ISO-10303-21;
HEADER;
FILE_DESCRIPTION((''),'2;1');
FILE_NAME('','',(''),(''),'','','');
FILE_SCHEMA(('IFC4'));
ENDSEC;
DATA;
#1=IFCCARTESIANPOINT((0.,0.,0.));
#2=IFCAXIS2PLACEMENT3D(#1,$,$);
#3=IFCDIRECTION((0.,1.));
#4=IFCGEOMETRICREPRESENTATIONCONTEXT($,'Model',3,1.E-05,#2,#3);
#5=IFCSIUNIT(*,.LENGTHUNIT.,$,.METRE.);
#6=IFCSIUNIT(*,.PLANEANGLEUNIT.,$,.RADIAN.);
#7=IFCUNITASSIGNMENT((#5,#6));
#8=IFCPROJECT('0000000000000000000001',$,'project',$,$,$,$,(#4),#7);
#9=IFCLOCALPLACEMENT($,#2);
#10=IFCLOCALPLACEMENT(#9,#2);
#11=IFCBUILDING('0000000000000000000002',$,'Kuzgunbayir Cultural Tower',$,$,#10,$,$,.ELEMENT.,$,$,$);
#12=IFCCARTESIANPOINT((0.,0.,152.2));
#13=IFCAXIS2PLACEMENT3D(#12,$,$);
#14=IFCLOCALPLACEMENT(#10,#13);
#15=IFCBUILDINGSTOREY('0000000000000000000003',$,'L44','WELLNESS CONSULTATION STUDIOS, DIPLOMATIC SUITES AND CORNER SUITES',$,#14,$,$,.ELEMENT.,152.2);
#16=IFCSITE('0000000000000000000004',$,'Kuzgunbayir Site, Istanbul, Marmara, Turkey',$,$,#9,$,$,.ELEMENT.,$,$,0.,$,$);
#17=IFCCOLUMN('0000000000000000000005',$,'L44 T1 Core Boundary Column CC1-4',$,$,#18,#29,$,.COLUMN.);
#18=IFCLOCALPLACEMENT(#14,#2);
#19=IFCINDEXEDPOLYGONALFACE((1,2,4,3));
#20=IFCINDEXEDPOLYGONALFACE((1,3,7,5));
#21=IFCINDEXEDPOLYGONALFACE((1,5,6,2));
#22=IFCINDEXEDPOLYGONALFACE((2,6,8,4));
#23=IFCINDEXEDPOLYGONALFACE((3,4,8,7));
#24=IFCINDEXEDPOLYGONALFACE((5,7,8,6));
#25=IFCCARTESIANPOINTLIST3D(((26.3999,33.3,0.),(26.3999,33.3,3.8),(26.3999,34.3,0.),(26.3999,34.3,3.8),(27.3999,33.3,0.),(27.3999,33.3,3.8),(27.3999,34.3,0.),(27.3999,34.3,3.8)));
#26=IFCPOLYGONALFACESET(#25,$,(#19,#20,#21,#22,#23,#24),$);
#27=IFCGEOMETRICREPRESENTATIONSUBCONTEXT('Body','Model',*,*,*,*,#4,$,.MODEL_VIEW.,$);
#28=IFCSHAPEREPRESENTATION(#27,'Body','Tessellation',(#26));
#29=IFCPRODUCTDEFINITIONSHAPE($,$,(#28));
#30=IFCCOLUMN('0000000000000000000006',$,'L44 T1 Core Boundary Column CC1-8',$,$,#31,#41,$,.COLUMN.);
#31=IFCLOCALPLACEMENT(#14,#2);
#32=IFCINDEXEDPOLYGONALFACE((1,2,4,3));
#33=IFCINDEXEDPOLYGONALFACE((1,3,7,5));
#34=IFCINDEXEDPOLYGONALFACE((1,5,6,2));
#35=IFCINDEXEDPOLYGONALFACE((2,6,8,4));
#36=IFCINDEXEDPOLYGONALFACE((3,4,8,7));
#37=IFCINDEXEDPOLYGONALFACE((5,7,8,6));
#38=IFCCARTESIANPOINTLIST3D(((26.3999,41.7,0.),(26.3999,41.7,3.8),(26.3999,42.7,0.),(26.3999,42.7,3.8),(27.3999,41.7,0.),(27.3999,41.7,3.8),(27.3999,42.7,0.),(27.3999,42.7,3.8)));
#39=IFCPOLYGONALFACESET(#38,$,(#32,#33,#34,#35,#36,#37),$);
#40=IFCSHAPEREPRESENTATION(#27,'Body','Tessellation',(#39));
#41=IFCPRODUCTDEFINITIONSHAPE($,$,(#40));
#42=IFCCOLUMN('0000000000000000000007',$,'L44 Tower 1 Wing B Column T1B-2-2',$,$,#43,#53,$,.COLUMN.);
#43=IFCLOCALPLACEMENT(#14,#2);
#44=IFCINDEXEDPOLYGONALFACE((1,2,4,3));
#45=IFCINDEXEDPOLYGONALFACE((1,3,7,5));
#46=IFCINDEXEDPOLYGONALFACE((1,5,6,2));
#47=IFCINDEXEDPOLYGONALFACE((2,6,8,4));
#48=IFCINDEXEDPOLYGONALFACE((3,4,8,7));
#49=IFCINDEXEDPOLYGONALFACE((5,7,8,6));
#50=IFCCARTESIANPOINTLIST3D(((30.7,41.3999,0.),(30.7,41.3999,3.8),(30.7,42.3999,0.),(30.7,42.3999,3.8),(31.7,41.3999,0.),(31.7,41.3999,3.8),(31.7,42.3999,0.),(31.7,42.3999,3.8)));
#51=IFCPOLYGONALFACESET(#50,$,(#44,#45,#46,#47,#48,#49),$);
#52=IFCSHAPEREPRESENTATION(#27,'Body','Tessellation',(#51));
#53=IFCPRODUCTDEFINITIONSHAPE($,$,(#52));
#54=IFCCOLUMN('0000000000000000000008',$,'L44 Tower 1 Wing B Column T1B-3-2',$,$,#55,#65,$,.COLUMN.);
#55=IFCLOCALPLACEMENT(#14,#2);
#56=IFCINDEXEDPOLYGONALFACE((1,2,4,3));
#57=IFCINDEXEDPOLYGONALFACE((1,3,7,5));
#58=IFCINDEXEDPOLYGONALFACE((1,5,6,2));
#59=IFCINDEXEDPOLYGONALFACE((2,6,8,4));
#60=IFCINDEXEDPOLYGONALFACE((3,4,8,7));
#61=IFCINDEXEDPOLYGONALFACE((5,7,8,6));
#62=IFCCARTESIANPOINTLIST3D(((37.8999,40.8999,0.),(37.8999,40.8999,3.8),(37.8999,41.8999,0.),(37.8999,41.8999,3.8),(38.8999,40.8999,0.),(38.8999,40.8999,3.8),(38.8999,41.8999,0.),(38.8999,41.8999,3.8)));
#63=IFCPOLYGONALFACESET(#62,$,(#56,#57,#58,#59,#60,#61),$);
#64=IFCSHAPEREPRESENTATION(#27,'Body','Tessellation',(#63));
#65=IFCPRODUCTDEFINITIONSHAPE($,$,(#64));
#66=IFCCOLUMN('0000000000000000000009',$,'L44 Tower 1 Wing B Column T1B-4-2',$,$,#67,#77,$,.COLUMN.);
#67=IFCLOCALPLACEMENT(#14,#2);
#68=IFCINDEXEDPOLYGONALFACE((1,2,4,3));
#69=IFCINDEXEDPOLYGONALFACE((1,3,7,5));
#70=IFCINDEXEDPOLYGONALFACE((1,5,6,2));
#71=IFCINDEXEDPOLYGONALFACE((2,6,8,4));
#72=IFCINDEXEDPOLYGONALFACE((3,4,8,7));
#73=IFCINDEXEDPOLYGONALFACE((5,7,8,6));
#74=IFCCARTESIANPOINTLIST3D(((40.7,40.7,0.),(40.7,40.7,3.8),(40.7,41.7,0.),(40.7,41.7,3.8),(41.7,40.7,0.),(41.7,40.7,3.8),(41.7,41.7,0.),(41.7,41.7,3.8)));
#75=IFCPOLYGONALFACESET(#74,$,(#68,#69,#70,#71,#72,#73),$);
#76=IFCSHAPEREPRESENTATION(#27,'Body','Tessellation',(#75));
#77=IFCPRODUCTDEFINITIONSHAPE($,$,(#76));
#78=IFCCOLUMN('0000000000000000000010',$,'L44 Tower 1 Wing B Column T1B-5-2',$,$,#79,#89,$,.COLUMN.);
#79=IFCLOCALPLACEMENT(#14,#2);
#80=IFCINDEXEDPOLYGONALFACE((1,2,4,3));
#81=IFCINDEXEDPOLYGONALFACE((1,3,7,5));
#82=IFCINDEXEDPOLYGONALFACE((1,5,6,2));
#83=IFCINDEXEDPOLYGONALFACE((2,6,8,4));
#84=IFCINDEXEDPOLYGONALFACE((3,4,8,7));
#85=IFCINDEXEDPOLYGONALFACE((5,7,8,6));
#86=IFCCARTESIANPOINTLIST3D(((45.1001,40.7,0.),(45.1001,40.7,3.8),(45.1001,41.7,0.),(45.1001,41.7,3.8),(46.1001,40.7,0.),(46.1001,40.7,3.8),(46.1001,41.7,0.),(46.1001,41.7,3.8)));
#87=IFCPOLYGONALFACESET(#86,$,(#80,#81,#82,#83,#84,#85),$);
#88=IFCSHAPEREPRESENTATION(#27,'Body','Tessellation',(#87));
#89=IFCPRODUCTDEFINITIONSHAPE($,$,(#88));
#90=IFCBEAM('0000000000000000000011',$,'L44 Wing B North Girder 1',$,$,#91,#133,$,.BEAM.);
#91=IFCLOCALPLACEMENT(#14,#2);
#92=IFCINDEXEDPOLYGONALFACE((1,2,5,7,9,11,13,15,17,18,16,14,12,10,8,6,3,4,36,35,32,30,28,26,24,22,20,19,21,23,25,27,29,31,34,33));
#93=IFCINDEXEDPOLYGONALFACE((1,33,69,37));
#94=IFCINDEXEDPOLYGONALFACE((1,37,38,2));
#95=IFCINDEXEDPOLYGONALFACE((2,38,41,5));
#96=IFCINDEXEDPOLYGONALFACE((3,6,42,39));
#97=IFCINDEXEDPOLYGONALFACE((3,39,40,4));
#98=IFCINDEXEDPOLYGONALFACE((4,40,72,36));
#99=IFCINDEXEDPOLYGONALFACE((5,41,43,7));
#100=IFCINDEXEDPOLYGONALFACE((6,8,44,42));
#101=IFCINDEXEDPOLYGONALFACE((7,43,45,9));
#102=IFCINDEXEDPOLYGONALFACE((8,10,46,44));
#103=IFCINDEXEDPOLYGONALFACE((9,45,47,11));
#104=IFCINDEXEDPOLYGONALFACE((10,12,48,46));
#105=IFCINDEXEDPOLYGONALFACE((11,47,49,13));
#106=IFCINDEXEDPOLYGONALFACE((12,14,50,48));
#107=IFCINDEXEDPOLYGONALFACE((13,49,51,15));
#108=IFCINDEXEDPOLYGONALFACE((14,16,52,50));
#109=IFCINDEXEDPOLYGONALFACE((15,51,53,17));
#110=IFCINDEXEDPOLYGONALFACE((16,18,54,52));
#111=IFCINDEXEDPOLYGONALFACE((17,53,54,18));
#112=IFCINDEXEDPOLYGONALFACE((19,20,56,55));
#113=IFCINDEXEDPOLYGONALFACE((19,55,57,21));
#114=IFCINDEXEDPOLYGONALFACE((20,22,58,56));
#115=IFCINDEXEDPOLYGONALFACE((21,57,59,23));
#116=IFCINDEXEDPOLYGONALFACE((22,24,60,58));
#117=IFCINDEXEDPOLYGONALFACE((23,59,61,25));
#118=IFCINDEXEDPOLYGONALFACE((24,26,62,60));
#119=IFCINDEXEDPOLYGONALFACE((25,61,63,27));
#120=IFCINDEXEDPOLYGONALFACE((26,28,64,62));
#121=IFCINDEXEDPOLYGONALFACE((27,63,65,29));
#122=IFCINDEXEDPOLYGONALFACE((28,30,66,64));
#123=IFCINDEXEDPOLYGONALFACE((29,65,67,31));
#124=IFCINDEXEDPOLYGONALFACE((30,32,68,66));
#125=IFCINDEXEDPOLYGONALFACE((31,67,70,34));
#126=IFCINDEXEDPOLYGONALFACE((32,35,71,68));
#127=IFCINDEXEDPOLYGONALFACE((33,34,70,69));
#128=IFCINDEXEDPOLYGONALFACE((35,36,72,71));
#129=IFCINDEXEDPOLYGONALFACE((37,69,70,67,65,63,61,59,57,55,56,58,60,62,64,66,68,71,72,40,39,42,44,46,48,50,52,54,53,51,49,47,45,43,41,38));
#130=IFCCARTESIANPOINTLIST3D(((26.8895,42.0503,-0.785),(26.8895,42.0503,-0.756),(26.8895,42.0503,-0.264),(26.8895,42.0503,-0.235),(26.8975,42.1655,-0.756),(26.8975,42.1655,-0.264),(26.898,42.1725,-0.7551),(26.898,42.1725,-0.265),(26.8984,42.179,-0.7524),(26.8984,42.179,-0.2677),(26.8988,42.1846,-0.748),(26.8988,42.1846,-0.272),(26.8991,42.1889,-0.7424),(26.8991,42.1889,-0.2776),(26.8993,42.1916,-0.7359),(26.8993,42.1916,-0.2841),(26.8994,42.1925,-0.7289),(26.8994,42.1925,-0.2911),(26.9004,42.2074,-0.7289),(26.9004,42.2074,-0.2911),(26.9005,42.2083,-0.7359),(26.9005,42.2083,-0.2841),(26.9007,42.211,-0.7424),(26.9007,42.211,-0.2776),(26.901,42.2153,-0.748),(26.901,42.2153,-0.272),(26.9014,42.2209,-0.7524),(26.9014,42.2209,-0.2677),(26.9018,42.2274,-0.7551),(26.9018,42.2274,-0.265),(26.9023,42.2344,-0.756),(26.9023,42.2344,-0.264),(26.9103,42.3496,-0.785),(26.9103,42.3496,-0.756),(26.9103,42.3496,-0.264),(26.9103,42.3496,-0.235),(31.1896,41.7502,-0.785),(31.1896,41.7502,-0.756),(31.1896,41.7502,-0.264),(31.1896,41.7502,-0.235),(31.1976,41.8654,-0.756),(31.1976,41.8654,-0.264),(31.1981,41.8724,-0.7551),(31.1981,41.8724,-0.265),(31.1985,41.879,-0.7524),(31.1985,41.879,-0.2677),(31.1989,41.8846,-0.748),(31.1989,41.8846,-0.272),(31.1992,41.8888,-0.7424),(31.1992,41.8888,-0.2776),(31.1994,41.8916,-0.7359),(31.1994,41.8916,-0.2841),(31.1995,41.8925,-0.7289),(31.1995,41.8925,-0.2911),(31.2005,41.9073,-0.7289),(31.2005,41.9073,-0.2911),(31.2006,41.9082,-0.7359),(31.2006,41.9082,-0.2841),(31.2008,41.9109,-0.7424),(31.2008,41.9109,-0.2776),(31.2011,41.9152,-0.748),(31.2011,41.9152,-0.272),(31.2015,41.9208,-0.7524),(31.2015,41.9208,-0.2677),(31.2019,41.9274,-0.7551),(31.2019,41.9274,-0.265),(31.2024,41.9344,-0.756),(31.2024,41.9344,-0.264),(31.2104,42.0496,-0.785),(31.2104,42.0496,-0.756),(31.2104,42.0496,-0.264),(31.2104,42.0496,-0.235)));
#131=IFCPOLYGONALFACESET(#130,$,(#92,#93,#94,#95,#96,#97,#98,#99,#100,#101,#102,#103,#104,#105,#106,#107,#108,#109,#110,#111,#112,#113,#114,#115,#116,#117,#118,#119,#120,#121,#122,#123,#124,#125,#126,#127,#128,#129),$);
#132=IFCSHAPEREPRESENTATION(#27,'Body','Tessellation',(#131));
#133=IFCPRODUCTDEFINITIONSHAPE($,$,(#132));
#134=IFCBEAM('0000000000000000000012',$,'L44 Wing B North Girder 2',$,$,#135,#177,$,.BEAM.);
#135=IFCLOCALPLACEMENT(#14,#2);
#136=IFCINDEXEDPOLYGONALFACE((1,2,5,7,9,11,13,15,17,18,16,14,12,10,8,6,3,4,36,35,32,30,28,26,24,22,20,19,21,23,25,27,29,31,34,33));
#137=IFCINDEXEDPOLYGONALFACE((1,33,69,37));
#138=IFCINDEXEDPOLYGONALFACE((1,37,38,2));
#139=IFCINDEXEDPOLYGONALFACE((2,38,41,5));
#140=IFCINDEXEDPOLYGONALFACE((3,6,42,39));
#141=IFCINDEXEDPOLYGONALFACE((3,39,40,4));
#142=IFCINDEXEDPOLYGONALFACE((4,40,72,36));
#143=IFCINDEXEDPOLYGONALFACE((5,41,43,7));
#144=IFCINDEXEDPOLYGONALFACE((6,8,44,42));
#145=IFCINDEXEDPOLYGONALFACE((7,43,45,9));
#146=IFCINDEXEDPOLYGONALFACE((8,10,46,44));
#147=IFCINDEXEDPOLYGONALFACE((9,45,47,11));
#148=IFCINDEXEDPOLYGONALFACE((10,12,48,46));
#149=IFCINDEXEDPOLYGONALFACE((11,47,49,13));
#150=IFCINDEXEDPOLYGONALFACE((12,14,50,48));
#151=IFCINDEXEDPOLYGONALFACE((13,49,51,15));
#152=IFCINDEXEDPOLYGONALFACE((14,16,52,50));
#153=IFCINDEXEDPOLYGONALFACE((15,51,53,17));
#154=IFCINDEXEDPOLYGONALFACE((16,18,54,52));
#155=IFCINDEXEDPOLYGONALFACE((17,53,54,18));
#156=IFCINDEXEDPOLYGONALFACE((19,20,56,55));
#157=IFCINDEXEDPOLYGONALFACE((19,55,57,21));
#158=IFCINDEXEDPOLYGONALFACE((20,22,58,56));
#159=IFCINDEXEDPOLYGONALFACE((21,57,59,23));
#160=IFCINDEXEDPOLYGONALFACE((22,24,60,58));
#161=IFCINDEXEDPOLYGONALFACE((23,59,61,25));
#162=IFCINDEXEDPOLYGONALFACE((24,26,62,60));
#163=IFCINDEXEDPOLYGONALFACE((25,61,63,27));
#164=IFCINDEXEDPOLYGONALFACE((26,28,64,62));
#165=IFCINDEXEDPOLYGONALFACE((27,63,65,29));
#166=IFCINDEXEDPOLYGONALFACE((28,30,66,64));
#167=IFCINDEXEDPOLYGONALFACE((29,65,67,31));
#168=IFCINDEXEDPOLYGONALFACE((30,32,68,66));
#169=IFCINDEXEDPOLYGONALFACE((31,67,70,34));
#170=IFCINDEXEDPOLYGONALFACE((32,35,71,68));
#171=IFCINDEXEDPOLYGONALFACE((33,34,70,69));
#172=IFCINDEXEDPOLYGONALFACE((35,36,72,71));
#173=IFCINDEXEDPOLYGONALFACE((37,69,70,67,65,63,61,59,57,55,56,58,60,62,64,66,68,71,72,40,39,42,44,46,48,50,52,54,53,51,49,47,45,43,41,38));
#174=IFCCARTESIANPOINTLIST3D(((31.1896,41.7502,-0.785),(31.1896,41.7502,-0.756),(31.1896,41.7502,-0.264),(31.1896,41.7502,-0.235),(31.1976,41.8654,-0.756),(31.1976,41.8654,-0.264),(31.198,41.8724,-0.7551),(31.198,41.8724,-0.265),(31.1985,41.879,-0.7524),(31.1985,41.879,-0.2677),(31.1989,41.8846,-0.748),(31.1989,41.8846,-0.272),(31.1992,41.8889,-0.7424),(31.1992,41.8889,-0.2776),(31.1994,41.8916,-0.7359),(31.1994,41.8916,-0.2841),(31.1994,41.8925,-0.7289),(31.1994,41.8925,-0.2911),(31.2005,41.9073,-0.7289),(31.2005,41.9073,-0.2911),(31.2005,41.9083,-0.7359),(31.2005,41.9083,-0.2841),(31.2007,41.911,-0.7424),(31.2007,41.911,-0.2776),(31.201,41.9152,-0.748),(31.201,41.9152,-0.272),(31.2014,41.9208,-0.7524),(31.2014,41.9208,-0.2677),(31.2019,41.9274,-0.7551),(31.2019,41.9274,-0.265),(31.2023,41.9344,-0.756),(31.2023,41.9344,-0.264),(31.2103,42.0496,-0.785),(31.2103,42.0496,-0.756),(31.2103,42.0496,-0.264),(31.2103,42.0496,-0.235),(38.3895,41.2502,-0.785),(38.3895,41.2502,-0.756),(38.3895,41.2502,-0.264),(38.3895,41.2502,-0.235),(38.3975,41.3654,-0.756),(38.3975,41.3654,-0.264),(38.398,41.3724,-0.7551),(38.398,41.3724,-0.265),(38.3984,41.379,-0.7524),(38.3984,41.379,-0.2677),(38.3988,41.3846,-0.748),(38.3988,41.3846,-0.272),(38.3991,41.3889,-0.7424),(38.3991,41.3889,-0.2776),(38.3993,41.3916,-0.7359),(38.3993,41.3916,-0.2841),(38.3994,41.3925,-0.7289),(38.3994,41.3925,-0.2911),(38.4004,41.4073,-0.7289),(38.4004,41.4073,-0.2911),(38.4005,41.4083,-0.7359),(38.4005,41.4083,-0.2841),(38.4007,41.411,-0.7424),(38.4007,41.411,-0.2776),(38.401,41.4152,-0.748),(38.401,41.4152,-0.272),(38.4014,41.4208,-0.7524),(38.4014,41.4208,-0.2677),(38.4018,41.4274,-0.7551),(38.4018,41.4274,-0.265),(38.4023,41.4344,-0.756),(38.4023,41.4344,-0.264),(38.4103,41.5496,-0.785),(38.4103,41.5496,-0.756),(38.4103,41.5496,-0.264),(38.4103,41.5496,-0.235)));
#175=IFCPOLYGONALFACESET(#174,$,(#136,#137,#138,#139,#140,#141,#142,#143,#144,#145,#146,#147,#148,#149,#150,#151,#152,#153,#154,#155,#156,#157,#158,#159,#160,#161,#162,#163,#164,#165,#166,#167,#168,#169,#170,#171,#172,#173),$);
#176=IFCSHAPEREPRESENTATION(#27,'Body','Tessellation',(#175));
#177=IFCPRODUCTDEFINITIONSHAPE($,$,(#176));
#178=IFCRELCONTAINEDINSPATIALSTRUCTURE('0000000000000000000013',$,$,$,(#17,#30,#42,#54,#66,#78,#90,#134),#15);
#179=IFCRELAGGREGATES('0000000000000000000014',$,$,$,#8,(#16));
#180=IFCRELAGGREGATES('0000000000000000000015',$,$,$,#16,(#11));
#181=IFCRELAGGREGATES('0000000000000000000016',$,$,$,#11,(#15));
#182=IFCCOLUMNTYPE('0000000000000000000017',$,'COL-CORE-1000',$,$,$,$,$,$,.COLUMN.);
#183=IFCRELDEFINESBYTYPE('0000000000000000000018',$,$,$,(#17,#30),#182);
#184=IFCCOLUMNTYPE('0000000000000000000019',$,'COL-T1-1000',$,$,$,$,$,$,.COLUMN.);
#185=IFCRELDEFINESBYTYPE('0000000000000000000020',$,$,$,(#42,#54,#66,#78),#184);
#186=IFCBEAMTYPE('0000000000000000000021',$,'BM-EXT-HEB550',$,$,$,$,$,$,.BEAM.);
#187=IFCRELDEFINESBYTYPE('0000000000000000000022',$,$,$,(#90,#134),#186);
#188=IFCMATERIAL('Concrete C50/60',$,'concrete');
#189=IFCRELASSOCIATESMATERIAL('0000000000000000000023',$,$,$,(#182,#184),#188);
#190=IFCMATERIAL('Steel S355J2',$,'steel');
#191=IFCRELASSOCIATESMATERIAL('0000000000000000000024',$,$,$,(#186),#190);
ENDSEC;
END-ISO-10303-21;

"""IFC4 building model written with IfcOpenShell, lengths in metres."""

from ifc_helpers import new_model, si_unit, direction, frame, origin, origin_2d, place, context, subcontext, project, spatial, rectangle, i_section, extrude, material, material_profile, profile_set, type_object, element, save


model = new_model("IFC4")

# Units and contexts
model_context = context("Model", 3, precision=1e-05, world=origin(), true_north=direction((0.0, 1.0)))
body_context = subcontext(model_context, "Body", "Model", "MODEL_VIEW")
ifc_project = project(units=[si_unit("LENGTHUNIT", "METRE"), si_unit("PLANEANGLEUNIT", "RADIAN")], contexts=[model_context])

# Site, building, storey
site_placement = place(None, origin())
site = spatial("IfcSite", under=ifc_project, at=site_placement, Name="Kuzgunbayir Site, Istanbul, Marmara, Turkey", CompositionType="ELEMENT", RefElevation=0.0)
building_placement = place(site_placement, origin())
building = spatial("IfcBuilding", under=site, at=building_placement, Name="Kuzgunbayir Cultural Tower", CompositionType="ELEMENT")
storey_placement = place(building_placement, frame((0.0, 0.0, 152.2)))
storey = spatial("IfcBuildingStorey", under=building, at=storey_placement, Name="L44", Description="WELLNESS CONSULTATION STUDIOS, DIPLOMATIC SUITES AND CORNER SUITES", CompositionType="ELEMENT", Elevation=152.2)

# Columns
ifc_material_1 = material(Name="Concrete C50/60", Category="concrete")
ifc_material_profile_1 = material_profile(ifc_material_1, rectangle(XDim=1.0, YDim=1.0, at=origin_2d()), Name="RC 1000x1000")
ifc_profile_set_1 = profile_set([ifc_material_profile_1], Name="Concrete C50/60")
column_type_1 = type_object("IfcColumnType", Name="COL-CORE-1000", PredefinedType="COLUMN", material=ifc_profile_set_1)
for number, where, z_axis, x_axis, name in (
    (1, (26.8999, 33.8, 0.0), (0.0, 0.0, 1.0), (1.0, 0.0, 0.0), "L44 T1 Core Boundary Column CC1-4"),
    (2, (26.8999, 42.2, 0.0), (0.0, 0.0, 1.0), (1.0, 0.0, 0.0), "L44 T1 Core Boundary Column CC1-8"),
):
    element("IfcColumn", number, at=place(storey_placement, frame(where, z_axis=z_axis, x_axis=x_axis)), inside=storey, type_object=column_type_1, Name=name, PredefinedType="COLUMN", context=body_context, shape_type="SweptSolid", body=[
        extrude(rectangle(XDim=1.0, YDim=1.0, at=origin_2d()), origin(), (0.0, 0.0, 1.0), 3.8),
    ])
ifc_material_profile_2 = material_profile(ifc_material_1, rectangle(XDim=1.0, YDim=1.0, at=origin_2d()), Name="RC 1000x1000")
ifc_profile_set_2 = profile_set([ifc_material_profile_2], Name="Concrete C50/60")
column_type_2 = type_object("IfcColumnType", Name="COL-T1-1000", PredefinedType="COLUMN", material=ifc_profile_set_2)
for number, where, z_axis, x_axis, name in (
    (3, (31.2, 41.8999, 0.0), (0.0, 0.0, 1.0), (1.0, 0.0, 0.0), "L44 Tower 1 Wing B Column T1B-2-2"),
    (4, (38.3999, 41.3999, 0.0), (0.0, 0.0, 1.0), (1.0, 0.0, 0.0), "L44 Tower 1 Wing B Column T1B-3-2"),
    (5, (41.2, 41.2, 0.0), (0.0, 0.0, 1.0), (1.0, 0.0, 0.0), "L44 Tower 1 Wing B Column T1B-4-2"),
    (6, (45.6001, 41.2, 0.0), (0.0, 0.0, 1.0), (1.0, 0.0, 0.0), "L44 Tower 1 Wing B Column T1B-5-2"),
):
    element("IfcColumn", number, at=place(storey_placement, frame(where, z_axis=z_axis, x_axis=x_axis)), inside=storey, type_object=column_type_2, Name=name, PredefinedType="COLUMN", context=body_context, shape_type="SweptSolid", body=[
        extrude(rectangle(XDim=1.0, YDim=1.0, at=origin_2d()), origin(), (0.0, 0.0, 1.0), 3.8),
    ])

# Beams
ifc_material_2 = material(Name="Steel S355J2", Category="steel")
ifc_material_profile_3 = material_profile(ifc_material_2, i_section(OverallWidth=0.3, OverallDepth=0.55, WebThickness=0.0149, FlangeThickness=0.0291, FilletRadius=0.0271, at=origin_2d()), Name="HEB 550")
ifc_profile_set_3 = profile_set([ifc_material_profile_3], Name="Steel S355J2")
beam_type_1 = type_object("IfcBeamType", Name="BM-EXT-HEB550", PredefinedType="BEAM", material=ifc_profile_set_3)
beam_1_placement = place(storey_placement, frame((26.8999, 42.2, -0.51), z_axis=(0.997574, -0.069609, 0.0), x_axis=(0.069609, 0.997574, 0.0)))
element("IfcBeam", 7, at=beam_1_placement, inside=storey, type_object=beam_type_1, Name="L44 Wing B North Girder 1", PredefinedType="BEAM", context=body_context, shape_type="SweptSolid", body=[
    extrude(i_section(OverallWidth=0.3, OverallDepth=0.55, WebThickness=0.0149, FlangeThickness=0.0291, FilletRadius=0.0271, at=origin_2d()), origin(), (0.0, 0.0, 1.0), 4.3105),
])
beam_2_placement = place(storey_placement, frame((31.2, 41.8999, -0.51), z_axis=(0.997597, -0.069278, 0.0), x_axis=(0.069278, 0.997597, 0.0)))
element("IfcBeam", 8, at=beam_2_placement, inside=storey, type_object=beam_type_1, Name="L44 Wing B North Girder 2", PredefinedType="BEAM", context=body_context, shape_type="SweptSolid", body=[
    extrude(i_section(OverallWidth=0.3, OverallDepth=0.55, WebThickness=0.0149, FlangeThickness=0.0291, FilletRadius=0.0271, at=origin_2d()), origin(), (0.0, 0.0, 1.0), 7.2173),
])

save(model, "model.ifc")
